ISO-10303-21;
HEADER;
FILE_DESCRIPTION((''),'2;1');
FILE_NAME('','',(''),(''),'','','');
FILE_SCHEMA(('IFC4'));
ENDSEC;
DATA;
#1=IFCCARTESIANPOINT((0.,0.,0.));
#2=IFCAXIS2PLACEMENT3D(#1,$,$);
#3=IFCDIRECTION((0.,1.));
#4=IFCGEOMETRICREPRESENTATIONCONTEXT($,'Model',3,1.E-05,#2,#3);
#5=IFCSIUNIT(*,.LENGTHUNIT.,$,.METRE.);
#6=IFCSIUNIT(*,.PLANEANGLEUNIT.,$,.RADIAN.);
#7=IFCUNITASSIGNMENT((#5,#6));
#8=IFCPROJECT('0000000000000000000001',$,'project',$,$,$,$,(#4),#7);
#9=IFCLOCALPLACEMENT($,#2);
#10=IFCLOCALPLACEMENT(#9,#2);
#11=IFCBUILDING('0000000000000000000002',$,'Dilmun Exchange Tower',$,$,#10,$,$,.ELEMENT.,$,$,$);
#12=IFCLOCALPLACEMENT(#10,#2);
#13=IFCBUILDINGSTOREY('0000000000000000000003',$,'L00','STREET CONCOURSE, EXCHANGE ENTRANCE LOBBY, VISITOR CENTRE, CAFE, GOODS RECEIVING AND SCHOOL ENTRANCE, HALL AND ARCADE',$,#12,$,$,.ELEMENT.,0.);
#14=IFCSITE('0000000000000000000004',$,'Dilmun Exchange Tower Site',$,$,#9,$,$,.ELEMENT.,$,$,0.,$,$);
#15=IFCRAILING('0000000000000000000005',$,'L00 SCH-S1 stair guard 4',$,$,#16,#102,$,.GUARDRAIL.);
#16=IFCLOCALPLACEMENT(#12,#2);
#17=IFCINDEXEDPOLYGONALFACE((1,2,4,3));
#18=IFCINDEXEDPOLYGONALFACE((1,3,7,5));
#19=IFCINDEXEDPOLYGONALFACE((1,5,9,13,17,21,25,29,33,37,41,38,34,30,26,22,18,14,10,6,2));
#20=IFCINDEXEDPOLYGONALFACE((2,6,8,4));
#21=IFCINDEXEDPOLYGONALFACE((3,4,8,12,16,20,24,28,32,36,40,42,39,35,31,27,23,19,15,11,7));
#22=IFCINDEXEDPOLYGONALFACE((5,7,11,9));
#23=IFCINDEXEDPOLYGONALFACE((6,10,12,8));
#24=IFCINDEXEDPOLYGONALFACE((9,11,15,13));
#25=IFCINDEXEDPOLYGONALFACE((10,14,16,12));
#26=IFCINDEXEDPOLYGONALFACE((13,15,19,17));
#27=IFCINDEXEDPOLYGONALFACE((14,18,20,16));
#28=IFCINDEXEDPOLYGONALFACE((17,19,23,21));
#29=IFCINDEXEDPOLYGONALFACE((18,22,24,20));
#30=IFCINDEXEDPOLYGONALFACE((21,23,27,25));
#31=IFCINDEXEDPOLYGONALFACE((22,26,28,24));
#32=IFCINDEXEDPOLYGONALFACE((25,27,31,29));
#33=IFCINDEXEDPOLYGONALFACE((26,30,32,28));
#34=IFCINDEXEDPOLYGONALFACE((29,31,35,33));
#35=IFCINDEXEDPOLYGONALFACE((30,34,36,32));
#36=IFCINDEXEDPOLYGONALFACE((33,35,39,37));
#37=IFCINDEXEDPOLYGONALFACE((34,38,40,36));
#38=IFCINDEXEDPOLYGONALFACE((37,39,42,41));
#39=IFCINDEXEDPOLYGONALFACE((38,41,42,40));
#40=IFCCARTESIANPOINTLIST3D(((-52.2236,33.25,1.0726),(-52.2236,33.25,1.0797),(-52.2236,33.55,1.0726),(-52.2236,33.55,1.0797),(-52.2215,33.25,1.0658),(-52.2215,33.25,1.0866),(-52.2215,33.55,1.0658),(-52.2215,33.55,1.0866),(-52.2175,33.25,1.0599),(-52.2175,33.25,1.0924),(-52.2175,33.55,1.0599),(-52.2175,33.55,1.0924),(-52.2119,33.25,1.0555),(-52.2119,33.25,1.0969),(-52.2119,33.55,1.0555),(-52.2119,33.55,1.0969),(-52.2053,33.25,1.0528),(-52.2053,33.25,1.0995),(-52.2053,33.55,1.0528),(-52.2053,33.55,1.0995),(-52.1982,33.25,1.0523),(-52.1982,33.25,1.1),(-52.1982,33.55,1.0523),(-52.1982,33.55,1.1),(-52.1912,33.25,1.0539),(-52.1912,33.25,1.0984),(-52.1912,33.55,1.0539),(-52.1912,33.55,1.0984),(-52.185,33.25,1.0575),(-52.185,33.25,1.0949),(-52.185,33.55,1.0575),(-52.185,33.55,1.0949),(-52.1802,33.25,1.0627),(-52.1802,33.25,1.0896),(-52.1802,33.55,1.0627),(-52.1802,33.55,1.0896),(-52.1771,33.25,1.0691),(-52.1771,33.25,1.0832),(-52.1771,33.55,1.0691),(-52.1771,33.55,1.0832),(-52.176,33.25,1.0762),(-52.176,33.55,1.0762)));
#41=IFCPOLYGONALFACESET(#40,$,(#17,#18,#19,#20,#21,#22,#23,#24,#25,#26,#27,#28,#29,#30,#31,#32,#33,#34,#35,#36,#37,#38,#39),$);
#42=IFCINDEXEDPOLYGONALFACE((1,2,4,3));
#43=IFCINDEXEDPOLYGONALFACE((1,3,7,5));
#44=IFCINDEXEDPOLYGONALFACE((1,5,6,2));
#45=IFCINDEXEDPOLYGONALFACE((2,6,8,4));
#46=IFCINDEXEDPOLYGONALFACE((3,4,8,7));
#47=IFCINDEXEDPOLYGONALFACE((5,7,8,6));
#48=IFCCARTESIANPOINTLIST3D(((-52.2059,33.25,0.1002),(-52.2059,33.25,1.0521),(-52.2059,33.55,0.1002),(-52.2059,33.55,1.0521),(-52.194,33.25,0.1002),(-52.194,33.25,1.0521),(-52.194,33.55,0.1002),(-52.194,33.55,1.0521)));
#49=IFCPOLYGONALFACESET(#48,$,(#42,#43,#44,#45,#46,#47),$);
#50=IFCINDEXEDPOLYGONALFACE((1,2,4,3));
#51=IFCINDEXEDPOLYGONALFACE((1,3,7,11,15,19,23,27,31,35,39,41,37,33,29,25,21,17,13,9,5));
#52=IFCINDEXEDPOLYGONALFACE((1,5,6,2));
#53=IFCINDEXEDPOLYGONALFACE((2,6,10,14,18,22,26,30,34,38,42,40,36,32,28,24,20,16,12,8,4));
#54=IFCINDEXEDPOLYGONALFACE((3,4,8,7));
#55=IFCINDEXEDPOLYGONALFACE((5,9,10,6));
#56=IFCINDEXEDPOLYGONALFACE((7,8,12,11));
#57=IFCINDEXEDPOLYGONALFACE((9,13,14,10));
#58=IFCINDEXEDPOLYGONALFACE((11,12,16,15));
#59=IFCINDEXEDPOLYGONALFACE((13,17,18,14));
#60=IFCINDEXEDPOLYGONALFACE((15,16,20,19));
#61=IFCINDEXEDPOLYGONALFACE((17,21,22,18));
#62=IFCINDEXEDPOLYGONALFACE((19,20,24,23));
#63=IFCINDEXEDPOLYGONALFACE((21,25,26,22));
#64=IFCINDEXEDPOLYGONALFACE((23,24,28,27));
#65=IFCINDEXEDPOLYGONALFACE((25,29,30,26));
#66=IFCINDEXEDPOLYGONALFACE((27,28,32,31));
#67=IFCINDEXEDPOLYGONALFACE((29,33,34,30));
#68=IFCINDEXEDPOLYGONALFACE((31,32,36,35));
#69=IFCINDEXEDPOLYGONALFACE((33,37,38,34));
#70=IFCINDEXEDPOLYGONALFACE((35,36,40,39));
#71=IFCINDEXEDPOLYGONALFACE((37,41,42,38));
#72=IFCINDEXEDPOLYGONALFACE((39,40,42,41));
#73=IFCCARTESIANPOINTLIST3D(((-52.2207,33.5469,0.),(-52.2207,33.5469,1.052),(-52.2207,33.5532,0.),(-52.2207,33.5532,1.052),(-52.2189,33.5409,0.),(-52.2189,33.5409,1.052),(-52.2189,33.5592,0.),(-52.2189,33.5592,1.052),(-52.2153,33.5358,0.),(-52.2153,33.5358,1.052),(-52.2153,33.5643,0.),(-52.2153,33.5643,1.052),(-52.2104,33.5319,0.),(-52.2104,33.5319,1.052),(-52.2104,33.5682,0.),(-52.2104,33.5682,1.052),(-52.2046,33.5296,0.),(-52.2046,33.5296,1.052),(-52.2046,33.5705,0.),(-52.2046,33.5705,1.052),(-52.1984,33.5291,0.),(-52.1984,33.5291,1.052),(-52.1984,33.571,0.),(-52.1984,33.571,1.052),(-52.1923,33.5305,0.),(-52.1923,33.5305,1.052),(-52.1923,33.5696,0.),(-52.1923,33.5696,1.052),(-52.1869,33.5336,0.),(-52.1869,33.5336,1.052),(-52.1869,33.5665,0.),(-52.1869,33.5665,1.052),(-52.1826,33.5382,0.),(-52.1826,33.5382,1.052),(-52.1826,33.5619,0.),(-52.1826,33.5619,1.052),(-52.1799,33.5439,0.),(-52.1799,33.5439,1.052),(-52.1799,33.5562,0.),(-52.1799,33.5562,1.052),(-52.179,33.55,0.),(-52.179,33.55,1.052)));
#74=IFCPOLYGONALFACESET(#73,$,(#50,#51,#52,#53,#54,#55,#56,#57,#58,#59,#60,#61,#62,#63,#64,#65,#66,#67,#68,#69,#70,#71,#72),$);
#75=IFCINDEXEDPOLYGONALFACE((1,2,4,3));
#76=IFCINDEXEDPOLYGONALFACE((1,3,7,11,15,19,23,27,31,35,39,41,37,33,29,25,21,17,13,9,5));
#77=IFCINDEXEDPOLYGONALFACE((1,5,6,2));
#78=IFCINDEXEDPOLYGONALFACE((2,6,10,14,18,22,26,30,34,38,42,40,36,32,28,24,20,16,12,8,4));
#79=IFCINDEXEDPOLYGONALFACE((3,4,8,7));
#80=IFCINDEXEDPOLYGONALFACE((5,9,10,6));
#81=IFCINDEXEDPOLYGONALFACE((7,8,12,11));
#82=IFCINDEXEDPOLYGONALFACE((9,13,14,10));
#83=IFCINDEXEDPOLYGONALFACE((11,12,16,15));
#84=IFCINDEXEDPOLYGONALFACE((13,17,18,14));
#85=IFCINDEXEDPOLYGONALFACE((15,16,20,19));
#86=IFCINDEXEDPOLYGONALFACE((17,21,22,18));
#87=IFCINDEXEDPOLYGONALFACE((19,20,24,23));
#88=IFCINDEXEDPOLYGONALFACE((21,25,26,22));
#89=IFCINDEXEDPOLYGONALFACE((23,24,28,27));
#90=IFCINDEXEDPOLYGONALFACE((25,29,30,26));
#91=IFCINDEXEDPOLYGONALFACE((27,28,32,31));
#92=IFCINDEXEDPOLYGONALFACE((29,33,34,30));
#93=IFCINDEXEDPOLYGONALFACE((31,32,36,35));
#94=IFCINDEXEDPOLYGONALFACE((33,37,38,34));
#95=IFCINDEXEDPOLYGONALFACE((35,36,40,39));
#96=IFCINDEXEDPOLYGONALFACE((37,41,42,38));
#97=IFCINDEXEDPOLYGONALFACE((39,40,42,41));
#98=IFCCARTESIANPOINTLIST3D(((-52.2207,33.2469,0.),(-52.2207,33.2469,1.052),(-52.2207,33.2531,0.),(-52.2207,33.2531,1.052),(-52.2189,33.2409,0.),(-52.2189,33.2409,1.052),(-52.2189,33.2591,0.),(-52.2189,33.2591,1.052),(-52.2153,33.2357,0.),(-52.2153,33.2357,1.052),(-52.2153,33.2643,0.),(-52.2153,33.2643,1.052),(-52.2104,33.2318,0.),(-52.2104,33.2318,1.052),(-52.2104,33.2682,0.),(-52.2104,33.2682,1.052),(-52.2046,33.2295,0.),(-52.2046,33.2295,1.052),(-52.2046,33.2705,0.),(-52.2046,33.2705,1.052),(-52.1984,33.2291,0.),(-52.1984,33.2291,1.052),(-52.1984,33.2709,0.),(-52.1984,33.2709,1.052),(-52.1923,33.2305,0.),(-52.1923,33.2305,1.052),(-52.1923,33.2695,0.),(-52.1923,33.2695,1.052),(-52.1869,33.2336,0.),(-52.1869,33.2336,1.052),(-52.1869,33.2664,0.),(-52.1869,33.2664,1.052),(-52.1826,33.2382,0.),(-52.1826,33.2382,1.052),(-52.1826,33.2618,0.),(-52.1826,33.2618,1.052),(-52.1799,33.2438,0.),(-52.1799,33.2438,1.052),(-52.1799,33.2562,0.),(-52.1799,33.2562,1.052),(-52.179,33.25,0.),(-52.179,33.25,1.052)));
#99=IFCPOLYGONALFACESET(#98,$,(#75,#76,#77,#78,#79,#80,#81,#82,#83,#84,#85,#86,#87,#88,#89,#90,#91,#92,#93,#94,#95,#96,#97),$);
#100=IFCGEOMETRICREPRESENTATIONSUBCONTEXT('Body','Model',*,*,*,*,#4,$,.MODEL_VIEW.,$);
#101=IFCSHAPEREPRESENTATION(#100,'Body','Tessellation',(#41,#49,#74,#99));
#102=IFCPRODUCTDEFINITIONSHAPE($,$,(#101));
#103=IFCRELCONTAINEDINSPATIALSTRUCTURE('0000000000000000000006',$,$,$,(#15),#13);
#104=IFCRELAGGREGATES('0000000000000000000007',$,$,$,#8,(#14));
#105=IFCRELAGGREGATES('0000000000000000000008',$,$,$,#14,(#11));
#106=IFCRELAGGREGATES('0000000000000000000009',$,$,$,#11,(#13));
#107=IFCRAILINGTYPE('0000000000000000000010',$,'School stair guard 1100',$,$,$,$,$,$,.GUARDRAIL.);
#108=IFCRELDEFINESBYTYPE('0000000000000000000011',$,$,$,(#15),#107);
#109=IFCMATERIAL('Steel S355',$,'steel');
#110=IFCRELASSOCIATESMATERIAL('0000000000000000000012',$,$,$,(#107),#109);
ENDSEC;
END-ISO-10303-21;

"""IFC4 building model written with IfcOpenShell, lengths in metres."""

from ifc_helpers import new_model, si_unit, direction, frame, origin, origin_2d, place, context, subcontext, project, spatial, rectangle, circle, extrude, material, type_object, element, save


model = new_model("IFC4")

# Units and contexts
model_context = context("Model", 3, precision=1e-05, world=origin(), true_north=direction((0.0, 1.0)))
body_context = subcontext(model_context, "Body", "Model", "MODEL_VIEW")
ifc_project = project(units=[si_unit("LENGTHUNIT", "METRE"), si_unit("PLANEANGLEUNIT", "RADIAN")], contexts=[model_context])

# Site, building, storey
site_placement = place(None, origin())
site = spatial("IfcSite", under=ifc_project, at=site_placement, Name="Dilmun Exchange Tower Site", CompositionType="ELEMENT", RefElevation=0.0)
building_placement = place(site_placement, origin())
building = spatial("IfcBuilding", under=site, at=building_placement, Name="Dilmun Exchange Tower", CompositionType="ELEMENT")
storey_placement = place(building_placement, origin())
storey = spatial("IfcBuildingStorey", under=building, at=storey_placement, Name="L00", Description="STREET CONCOURSE, EXCHANGE ENTRANCE LOBBY, VISITOR CENTRE, CAFE, GOODS RECEIVING AND SCHOOL ENTRANCE, HALL AND ARCADE", CompositionType="ELEMENT", Elevation=0.0)

# Railing
ifc_material_1 = material(Name="Steel S355", Category="steel")
railing_type_1 = type_object("IfcRailingType", Name="School stair guard 1100", PredefinedType="GUARDRAIL", material=ifc_material_1)
railing_1_placement = place(storey_placement, frame((-52.2, 33.55, 0.0)))
element("IfcRailing", 1, at=railing_1_placement, inside=storey, type_object=railing_type_1, Name="L00 SCH-S1 stair guard 4", PredefinedType="GUARDRAIL", context=body_context, shape_type="SweptSolid", body=[
    extrude(circle(Radius=0.0239, at=origin_2d()), frame((0.0, 0.0, 1.0762), z_axis=(0.0, -1.0, 0.0), x_axis=(1.0, 0.0, 0.0)), (0.0, 0.0, 1.0), 0.3),
    extrude(rectangle(XDim=0.012, YDim=0.9519, at=origin_2d()), frame((0.0, 0.0, 0.5762), z_axis=(0.0, -1.0, 0.0), x_axis=(1.0, 0.0, 0.0)), (0.0, 0.0, 1.0), 0.3),
    extrude(circle(Radius=0.021, at=origin_2d()), origin(), (0.0, 0.0, 1.0), 1.052),
    extrude(circle(Radius=0.021, at=origin_2d()), frame((0.0, -0.3, 0.0)), (0.0, 0.0, 1.0), 1.052),
])

save(model, "model.ifc")
